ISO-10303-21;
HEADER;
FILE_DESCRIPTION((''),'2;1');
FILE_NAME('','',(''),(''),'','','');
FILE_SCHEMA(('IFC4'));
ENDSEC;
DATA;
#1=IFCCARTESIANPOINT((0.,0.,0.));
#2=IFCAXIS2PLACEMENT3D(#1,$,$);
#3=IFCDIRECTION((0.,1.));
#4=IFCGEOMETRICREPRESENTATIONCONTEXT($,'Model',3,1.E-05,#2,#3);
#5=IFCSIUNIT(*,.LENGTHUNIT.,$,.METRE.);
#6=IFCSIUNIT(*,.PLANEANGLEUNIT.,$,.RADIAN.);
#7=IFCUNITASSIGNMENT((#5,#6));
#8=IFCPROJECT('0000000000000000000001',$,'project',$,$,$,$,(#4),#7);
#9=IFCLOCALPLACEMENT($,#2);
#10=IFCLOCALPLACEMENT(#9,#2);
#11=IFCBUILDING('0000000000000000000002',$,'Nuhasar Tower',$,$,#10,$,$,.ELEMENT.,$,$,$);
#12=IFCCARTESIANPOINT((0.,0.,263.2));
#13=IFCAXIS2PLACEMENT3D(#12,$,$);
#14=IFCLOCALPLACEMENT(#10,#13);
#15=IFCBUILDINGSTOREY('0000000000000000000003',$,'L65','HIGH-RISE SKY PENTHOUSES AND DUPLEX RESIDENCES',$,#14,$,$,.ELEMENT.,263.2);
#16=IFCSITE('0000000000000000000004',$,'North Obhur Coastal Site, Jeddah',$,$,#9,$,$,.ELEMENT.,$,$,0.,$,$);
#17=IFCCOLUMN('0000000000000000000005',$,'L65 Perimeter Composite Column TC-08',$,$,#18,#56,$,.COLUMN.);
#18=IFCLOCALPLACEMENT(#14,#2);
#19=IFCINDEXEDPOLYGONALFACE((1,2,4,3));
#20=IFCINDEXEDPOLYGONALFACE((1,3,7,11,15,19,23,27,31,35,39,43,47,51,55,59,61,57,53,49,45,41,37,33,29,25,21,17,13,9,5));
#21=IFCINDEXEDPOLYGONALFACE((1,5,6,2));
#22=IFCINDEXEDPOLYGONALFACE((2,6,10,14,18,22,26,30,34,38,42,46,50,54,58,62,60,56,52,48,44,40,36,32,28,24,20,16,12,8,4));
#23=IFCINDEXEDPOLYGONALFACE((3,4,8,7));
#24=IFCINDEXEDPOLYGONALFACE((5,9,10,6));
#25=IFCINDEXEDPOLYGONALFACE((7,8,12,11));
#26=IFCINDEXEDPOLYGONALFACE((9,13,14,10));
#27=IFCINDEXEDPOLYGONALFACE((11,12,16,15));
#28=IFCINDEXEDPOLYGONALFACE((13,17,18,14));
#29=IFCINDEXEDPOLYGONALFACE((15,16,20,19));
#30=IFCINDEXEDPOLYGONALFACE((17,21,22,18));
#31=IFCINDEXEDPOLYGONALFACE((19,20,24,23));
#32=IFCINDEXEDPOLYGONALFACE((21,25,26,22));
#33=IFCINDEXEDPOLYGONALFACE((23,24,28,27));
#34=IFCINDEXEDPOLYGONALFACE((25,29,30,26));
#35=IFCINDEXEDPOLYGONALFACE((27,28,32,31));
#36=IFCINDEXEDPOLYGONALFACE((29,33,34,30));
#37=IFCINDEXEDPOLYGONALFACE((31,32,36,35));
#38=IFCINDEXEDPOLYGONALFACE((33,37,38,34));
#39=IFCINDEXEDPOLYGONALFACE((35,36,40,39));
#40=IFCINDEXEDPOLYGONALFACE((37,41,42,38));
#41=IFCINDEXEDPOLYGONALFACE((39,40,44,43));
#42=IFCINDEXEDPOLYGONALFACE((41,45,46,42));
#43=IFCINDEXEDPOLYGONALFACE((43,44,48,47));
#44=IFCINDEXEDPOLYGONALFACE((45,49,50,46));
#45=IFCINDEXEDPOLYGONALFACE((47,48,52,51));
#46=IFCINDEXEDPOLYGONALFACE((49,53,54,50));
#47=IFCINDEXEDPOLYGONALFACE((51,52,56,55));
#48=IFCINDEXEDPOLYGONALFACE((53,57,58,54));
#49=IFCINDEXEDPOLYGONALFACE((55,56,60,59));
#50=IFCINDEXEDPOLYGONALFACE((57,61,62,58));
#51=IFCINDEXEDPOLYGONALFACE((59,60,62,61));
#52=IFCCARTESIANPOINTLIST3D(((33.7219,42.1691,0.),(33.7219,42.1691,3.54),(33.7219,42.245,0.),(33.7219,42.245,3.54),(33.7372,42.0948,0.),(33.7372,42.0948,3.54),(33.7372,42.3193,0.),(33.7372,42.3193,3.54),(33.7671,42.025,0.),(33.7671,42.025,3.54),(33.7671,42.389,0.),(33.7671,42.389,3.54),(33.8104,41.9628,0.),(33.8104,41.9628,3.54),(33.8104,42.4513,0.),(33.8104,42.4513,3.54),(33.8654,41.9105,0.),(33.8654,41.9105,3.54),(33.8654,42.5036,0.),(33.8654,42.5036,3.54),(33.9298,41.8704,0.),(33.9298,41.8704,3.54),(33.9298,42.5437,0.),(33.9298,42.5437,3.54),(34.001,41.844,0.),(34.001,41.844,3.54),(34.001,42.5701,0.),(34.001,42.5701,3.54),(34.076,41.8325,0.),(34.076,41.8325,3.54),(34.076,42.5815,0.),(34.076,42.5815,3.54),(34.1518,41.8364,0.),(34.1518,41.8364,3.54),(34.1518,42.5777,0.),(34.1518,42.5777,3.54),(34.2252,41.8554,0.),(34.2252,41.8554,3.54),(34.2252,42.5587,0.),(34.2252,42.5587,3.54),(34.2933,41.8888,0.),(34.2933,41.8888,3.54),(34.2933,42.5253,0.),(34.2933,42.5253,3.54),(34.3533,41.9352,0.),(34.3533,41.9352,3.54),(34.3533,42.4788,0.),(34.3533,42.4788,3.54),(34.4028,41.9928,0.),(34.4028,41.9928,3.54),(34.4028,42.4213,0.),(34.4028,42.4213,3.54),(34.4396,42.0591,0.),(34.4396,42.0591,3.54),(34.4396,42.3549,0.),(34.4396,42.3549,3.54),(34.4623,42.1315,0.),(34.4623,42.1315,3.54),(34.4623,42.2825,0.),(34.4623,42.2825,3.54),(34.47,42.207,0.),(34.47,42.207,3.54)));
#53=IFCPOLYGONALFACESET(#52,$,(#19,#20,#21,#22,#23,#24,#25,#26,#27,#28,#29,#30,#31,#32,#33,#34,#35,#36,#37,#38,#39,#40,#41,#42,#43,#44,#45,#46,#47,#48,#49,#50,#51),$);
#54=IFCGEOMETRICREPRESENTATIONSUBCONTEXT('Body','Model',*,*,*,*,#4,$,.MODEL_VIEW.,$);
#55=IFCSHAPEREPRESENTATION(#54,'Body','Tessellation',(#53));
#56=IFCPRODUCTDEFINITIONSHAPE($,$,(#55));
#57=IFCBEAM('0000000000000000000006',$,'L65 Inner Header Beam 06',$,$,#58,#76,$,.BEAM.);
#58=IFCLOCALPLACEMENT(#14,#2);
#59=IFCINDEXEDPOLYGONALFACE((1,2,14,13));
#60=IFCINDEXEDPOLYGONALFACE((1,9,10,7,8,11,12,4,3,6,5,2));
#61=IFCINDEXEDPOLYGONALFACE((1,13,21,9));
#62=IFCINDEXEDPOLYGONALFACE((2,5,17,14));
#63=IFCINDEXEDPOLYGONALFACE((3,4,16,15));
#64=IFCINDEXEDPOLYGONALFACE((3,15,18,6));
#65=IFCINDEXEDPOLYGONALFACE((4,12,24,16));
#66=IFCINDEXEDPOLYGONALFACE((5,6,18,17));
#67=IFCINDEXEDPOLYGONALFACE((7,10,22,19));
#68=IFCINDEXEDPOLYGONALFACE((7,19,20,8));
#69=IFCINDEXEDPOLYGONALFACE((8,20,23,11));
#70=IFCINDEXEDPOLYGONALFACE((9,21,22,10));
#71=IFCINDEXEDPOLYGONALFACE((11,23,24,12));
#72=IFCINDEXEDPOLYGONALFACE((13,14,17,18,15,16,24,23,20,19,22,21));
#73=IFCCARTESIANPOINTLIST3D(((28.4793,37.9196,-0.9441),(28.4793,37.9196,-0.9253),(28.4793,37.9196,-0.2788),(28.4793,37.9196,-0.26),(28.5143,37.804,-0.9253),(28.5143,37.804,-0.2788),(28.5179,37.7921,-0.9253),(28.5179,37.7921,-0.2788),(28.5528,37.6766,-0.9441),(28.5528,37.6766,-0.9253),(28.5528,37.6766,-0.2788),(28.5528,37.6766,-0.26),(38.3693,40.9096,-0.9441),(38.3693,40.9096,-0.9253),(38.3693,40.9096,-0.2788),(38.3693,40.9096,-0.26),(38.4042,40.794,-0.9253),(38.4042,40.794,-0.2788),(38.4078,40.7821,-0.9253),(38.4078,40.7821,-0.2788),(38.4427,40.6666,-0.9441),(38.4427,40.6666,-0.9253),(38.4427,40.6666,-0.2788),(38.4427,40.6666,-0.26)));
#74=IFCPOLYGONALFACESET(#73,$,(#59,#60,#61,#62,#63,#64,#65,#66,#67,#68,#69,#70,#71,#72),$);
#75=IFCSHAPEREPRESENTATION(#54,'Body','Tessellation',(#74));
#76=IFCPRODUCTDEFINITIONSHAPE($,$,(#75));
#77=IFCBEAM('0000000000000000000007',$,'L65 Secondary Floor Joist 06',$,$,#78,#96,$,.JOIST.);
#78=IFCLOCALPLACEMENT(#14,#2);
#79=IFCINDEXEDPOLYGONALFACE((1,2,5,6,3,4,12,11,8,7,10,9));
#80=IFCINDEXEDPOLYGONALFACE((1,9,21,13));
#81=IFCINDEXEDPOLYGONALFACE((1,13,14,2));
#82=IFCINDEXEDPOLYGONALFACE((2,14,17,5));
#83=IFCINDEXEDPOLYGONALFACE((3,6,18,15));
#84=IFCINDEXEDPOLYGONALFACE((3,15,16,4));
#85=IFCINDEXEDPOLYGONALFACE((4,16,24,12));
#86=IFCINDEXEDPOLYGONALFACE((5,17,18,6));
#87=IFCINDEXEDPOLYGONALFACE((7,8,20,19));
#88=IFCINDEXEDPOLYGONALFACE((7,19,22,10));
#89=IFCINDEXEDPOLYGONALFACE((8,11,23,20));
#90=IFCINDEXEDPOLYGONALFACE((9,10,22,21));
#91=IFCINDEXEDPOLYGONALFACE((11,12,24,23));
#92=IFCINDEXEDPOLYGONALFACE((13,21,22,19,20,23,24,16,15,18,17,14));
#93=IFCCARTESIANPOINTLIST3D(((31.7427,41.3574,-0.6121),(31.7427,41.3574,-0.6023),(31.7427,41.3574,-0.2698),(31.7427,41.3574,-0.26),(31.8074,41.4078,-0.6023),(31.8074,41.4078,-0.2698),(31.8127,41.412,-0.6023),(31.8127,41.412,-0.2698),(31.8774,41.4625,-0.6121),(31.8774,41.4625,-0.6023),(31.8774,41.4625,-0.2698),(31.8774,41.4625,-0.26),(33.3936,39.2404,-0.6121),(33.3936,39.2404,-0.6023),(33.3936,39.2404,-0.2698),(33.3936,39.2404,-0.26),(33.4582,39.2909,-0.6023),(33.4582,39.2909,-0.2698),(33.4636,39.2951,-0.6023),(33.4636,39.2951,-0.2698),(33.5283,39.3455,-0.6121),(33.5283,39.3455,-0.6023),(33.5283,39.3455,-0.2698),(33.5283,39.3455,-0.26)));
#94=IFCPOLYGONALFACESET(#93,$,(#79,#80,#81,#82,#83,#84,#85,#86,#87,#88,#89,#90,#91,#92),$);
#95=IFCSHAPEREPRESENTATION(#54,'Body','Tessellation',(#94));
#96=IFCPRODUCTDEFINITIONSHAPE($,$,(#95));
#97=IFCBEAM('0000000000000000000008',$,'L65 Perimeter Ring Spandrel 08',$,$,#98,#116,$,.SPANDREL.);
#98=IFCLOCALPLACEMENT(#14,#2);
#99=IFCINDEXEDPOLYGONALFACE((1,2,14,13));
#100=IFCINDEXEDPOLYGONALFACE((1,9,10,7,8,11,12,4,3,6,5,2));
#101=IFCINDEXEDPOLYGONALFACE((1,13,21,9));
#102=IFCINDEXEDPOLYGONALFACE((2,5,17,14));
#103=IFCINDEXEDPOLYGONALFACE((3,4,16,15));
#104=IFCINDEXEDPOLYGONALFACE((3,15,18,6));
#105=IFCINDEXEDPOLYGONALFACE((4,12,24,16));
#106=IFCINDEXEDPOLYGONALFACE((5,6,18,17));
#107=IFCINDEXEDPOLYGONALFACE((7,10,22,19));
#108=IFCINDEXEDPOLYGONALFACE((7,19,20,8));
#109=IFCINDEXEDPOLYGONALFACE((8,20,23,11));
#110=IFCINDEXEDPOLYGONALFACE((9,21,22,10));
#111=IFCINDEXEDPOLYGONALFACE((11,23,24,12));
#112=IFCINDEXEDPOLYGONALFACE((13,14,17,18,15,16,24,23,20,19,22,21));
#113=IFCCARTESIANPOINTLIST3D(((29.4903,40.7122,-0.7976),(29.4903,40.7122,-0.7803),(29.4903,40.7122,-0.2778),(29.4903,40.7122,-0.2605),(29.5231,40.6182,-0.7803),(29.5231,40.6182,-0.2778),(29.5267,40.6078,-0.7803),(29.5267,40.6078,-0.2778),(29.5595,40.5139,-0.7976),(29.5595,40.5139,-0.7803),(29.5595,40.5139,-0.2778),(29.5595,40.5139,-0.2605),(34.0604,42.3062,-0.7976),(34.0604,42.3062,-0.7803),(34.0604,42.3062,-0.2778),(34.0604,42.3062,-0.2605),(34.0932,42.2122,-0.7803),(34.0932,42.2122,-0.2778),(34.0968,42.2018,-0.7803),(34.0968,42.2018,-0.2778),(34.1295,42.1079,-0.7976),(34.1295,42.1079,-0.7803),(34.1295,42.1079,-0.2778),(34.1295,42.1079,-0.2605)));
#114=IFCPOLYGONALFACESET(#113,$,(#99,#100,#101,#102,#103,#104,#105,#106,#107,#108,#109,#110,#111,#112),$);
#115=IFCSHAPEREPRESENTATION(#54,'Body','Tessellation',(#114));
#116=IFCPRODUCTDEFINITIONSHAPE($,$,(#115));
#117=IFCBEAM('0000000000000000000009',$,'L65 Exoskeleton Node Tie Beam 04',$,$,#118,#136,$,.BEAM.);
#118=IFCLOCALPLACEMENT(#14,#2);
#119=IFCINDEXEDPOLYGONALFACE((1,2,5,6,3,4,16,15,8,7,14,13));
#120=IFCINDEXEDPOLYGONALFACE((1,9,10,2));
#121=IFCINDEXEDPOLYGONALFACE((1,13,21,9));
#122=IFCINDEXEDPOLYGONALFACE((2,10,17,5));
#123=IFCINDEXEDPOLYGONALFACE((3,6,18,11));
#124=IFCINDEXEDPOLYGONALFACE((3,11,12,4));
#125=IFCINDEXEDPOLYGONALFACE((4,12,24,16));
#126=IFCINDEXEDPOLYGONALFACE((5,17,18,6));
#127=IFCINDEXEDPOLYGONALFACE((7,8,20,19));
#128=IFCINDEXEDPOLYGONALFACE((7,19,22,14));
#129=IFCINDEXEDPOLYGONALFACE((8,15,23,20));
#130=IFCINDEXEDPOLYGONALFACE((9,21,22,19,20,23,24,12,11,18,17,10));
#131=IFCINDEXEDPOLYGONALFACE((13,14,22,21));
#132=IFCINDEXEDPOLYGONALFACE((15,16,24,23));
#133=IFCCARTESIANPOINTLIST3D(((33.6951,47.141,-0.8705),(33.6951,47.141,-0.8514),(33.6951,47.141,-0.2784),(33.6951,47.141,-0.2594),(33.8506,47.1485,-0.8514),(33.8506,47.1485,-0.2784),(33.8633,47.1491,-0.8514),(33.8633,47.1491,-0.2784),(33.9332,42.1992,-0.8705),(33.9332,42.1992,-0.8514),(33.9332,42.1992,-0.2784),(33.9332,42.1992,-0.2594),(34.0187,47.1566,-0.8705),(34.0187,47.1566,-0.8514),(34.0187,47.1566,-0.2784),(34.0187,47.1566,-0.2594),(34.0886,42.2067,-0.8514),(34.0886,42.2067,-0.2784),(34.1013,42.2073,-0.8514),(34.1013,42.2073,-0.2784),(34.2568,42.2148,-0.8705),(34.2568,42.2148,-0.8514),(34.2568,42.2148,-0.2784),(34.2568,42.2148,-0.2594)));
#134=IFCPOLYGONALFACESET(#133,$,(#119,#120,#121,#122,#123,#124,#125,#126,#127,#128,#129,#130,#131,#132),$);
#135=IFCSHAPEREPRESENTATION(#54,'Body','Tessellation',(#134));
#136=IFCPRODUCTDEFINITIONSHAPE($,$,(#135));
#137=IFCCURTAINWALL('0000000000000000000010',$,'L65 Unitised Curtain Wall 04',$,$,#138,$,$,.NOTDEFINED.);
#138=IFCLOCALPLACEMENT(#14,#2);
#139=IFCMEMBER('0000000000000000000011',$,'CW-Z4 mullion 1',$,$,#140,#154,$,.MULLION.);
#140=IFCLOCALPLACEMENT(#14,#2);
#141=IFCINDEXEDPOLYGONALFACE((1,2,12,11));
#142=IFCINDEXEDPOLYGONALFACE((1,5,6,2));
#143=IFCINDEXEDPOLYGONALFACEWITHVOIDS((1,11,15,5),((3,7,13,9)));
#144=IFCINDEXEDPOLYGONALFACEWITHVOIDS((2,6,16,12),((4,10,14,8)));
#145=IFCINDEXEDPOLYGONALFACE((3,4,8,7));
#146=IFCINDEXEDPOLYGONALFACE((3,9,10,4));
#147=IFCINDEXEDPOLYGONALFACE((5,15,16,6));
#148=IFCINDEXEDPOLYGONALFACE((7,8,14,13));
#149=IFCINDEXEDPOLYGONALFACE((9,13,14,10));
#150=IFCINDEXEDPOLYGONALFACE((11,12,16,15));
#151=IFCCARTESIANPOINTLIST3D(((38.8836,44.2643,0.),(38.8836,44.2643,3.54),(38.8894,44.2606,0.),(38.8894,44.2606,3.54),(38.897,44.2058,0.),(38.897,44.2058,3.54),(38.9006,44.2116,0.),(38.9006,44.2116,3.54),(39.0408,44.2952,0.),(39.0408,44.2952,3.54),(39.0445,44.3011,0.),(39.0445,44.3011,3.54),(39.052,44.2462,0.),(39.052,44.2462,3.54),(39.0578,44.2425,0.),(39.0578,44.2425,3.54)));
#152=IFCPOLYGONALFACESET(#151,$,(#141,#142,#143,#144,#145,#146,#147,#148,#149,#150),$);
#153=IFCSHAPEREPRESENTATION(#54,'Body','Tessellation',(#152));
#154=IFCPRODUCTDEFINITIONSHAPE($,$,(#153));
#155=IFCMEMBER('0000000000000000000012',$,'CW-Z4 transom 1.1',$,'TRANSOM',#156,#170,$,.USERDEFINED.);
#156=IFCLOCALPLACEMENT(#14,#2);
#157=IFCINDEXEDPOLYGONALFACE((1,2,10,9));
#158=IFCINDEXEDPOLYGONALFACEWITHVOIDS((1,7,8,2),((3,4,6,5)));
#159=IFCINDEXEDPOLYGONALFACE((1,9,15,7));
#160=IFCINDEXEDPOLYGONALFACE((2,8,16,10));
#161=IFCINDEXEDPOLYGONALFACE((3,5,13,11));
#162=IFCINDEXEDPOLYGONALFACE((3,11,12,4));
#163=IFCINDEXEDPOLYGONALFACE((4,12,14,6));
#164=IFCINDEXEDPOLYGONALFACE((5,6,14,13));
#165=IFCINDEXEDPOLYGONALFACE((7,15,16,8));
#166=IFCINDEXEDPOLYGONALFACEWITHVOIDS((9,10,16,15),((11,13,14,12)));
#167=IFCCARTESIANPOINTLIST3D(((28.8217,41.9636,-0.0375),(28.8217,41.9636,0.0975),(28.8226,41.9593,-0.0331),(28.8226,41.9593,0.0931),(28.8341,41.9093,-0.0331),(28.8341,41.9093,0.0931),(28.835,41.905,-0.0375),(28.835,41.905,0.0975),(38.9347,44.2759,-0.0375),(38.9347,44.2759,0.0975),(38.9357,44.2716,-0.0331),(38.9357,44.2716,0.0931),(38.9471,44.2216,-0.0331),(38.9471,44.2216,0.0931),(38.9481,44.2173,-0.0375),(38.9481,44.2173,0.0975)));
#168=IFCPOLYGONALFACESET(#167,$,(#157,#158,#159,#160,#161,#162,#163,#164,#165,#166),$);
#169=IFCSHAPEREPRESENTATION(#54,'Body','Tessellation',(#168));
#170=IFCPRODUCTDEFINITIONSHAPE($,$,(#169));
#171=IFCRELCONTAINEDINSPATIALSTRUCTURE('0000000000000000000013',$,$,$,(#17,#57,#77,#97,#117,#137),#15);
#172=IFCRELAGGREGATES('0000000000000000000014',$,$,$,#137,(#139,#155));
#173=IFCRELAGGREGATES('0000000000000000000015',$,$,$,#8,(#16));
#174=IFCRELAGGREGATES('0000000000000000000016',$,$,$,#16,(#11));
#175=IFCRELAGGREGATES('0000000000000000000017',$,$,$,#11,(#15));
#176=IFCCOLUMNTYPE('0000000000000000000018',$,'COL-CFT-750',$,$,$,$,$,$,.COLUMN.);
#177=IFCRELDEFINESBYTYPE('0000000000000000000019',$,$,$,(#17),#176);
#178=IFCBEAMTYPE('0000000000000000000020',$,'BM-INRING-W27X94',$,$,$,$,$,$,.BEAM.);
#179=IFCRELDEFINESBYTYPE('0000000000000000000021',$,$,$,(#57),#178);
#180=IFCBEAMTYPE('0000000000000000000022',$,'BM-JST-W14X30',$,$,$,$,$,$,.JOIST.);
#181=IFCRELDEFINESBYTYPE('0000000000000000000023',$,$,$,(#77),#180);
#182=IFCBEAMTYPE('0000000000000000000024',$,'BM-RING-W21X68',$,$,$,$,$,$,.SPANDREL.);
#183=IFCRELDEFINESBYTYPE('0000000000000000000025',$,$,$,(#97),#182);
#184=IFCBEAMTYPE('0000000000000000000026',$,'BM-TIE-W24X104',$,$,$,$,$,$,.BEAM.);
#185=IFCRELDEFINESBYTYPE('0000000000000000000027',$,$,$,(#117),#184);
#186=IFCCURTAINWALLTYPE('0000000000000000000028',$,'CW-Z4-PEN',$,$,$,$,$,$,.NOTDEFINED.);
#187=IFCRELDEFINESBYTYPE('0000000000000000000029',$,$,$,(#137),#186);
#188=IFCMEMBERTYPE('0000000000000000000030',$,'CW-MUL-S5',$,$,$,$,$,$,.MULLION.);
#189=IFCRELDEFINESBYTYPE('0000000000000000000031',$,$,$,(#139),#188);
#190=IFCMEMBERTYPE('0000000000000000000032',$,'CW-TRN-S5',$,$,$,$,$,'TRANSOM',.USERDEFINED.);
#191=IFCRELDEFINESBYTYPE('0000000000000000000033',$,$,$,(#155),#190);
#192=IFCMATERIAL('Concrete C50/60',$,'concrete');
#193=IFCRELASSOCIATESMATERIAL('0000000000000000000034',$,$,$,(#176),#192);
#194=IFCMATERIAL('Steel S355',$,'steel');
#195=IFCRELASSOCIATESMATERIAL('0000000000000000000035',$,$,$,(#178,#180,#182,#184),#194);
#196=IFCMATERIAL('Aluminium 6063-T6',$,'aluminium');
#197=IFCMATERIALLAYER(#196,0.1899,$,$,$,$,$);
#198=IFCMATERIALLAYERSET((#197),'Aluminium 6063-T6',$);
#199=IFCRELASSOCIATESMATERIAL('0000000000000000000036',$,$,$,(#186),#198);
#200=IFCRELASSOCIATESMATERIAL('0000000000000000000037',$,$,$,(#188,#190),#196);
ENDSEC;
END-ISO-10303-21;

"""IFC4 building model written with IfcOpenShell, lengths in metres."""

from ifc_helpers import new_model, si_unit, direction, frame, origin, origin_2d, place, context, subcontext, project, spatial, hollow_rectangle, circle, i_section, extrude, material, layer, layer_set, material_profile, profile_set, type_object, element, aggregate, save


model = new_model("IFC4")

# Units and contexts
model_context = context("Model", 3, precision=1e-05, world=origin(), true_north=direction((0.0, 1.0)))
body_context = subcontext(model_context, "Body", "Model", "MODEL_VIEW")
ifc_project = project(units=[si_unit("LENGTHUNIT", "METRE"), si_unit("PLANEANGLEUNIT", "RADIAN")], contexts=[model_context])

# Site, building, storey
site_placement = place(None, origin())
site = spatial("IfcSite", under=ifc_project, at=site_placement, Name="North Obhur Coastal Site, Jeddah", CompositionType="ELEMENT", RefElevation=0.0)
building_placement = place(site_placement, origin())
building = spatial("IfcBuilding", under=site, at=building_placement, Name="Nuhasar Tower", CompositionType="ELEMENT")
storey_placement = place(building_placement, frame((0.0, 0.0, 263.2)))
storey = spatial("IfcBuildingStorey", under=building, at=storey_placement, Name="L65", Description="HIGH-RISE SKY PENTHOUSES AND DUPLEX RESIDENCES", CompositionType="ELEMENT", Elevation=263.2)

# Column
ifc_material_1 = material(Name="Concrete C50/60", Category="concrete")
ifc_material_profile_1 = material_profile(ifc_material_1, circle(Radius=0.375, at=origin_2d()), Name="CFT750")
ifc_profile_set_1 = profile_set([ifc_material_profile_1], Name="Concrete C50/60")
column_type = type_object("IfcColumnType", Name="COL-CFT-750", PredefinedType="COLUMN", material=ifc_profile_set_1)
column_placement = place(storey_placement, frame((34.095, 42.207, 0.0), z_axis=(0.0, 0.0, 1.0), x_axis=(1.0, 0.0, 0.0)))
element("IfcColumn", 1, at=column_placement, inside=storey, type_object=column_type, Name="L65 Perimeter Composite Column TC-08", PredefinedType="COLUMN", context=body_context, shape_type="SweptSolid", body=[
    extrude(circle(Radius=0.375, at=origin_2d()), origin(), (0.0, 0.0, 1.0), 3.54),
])

# Beams
ifc_material_2 = material(Name="Steel S355", Category="steel")
ifc_material_profile_2 = material_profile(ifc_material_2, i_section(OverallWidth=0.2539, OverallDepth=0.6841, WebThickness=0.0125, FlangeThickness=0.0188, at=origin_2d()), Name="W27X94")
ifc_profile_set_2 = profile_set([ifc_material_profile_2], Name="Steel S355")
beam_type_1 = type_object("IfcBeamType", Name="BM-INRING-W27X94", PredefinedType="BEAM", material=ifc_profile_set_2)
beam_1_placement = place(storey_placement, frame((38.406, 40.7881, -0.6021), z_axis=(-0.957211, -0.289392, 0.0), x_axis=(0.289392, -0.957211, 0.0)))
element("IfcBeam", 2, at=beam_1_placement, inside=storey, type_object=beam_type_1, Name="L65 Inner Header Beam 06", PredefinedType="BEAM", context=body_context, shape_type="SweptSolid", body=[
    extrude(i_section(OverallWidth=0.2539, OverallDepth=0.6841, WebThickness=0.0125, FlangeThickness=0.0188, at=origin_2d()), origin(), (0.0, 0.0, 1.0), 10.332),
])
ifc_material_profile_3 = material_profile(ifc_material_2, i_section(OverallWidth=0.1709, OverallDepth=0.3521, WebThickness=0.0068, FlangeThickness=0.0098, at=origin_2d()), Name="W14X30")
ifc_profile_set_3 = profile_set([ifc_material_profile_3], Name="Steel S355")
beam_type_2 = type_object("IfcBeamType", Name="BM-JST-W14X30", PredefinedType="JOIST", material=ifc_profile_set_3)
beam_2_placement = place(storey_placement, frame((33.4609, 39.293, -0.436), z_axis=(-0.614954, 0.788563, 0.0), x_axis=(-0.788563, -0.614954, 0.0)))
element("IfcBeam", 3, at=beam_2_placement, inside=storey, type_object=beam_type_2, Name="L65 Secondary Floor Joist 06", PredefinedType="JOIST", context=body_context, shape_type="SweptSolid", body=[
    extrude(i_section(OverallWidth=0.1709, OverallDepth=0.3521, WebThickness=0.0068, FlangeThickness=0.0098, at=origin_2d()), origin(), (0.0, 0.0, 1.0), 2.6846),
])
ifc_material_profile_4 = material_profile(ifc_material_2, i_section(OverallWidth=0.21, OverallDepth=0.5371, WebThickness=0.011, FlangeThickness=0.0173, at=origin_2d()), Name="W21X68")
ifc_profile_set_4 = profile_set([ifc_material_profile_4], Name="Steel S355")
beam_type_3 = type_object("IfcBeamType", Name="BM-RING-W21X68", PredefinedType="SPANDREL", material=ifc_profile_set_4)
beam_3_placement = place(storey_placement, frame((34.095, 42.207, -0.5291), z_axis=(-0.944214, -0.329332, 0.0), x_axis=(0.329332, -0.944214, 0.0)))
element("IfcBeam", 4, at=beam_3_placement, inside=storey, type_object=beam_type_3, Name="L65 Perimeter Ring Spandrel 08", PredefinedType="SPANDREL", context=body_context, shape_type="SweptSolid", body=[
    extrude(i_section(OverallWidth=0.21, OverallDepth=0.5371, WebThickness=0.011, FlangeThickness=0.0173, at=origin_2d()), origin(), (0.0, 0.0, 1.0), 4.8401),
])
ifc_material_profile_5 = material_profile(ifc_material_2, i_section(OverallWidth=0.324, OverallDepth=0.6111, WebThickness=0.0127, FlangeThickness=0.019, at=origin_2d()), Name="W24X104")
ifc_profile_set_5 = profile_set([ifc_material_profile_5], Name="Steel S355")
beam_type_4 = type_object("IfcBeamType", Name="BM-TIE-W24X104", PredefinedType="BEAM", material=ifc_profile_set_5)
beam_4_placement = place(storey_placement, frame((34.095, 42.207, -0.5649), z_axis=(-0.048111, 0.998842, 0.0), x_axis=(-0.998842, -0.048111, 0.0)))
element("IfcBeam", 5, at=beam_4_placement, inside=storey, type_object=beam_type_4, Name="L65 Exoskeleton Node Tie Beam 04", PredefinedType="BEAM", context=body_context, shape_type="SweptSolid", body=[
    extrude(i_section(OverallWidth=0.324, OverallDepth=0.6111, WebThickness=0.0127, FlangeThickness=0.019, at=origin_2d()), origin(), (0.0, 0.0, 1.0), 4.9475),
])

# Curtain wall, members
ifc_material_3 = material(Name="Aluminium 6063-T6", Category="aluminium")
ifc_layer_1 = layer(ifc_material_3, 0.1899)
ifc_layer_set_1 = layer_set([ifc_layer_1], Name="Aluminium 6063-T6")
curtain_wall_type = type_object("IfcCurtainWallType", Name="CW-Z4-PEN", PredefinedType="NOTDEFINED", material=ifc_layer_set_1)
curtain_wall_placement = place(storey_placement, origin())
curtain_wall = element("IfcCurtainWall", 6, at=curtain_wall_placement, inside=storey, type_object=curtain_wall_type, Name="L65 Unitised Curtain Wall 04", PredefinedType="NOTDEFINED")
ifc_material_profile_6 = material_profile(ifc_material_3, hollow_rectangle(XDim=0.0601, YDim=0.165, WallThickness=0.0049, at=origin_2d()), Name="CWM-5")
ifc_profile_set_6 = profile_set([ifc_material_profile_6], Name="Aluminium 6063-T6")
member_type_1 = type_object("IfcMemberType", Name="CW-MUL-S5", PredefinedType="MULLION", material=ifc_profile_set_6)
member_1_placement = place(storey_placement, frame((38.9707, 44.2534, 0.0), z_axis=(0.0, 0.0, 1.0), x_axis=(0.222889, -0.974844, 0.0)))
member_1 = element("IfcMember", 7, at=member_1_placement, type_object=member_type_1, Name="CW-Z4 mullion 1", PredefinedType="MULLION", context=body_context, shape_type="SweptSolid", body=[
    extrude(hollow_rectangle(XDim=0.0601, YDim=0.165, WallThickness=0.0049, at=origin_2d()), origin(), (0.0, 0.0, 1.0), 3.54),
])
ifc_material_profile_7 = material_profile(ifc_material_3, hollow_rectangle(XDim=0.0601, YDim=0.135, WallThickness=0.0044, at=origin_2d()), Name="CWT-5")
ifc_profile_set_7 = profile_set([ifc_material_profile_7], Name="Aluminium 6063-T6")
member_type_2 = type_object("IfcMemberType", Name="CW-TRN-S5", ElementType="TRANSOM", PredefinedType="USERDEFINED", material=ifc_profile_set_7)
member_2_placement = place(storey_placement, frame((38.9414, 44.2466, 0.03), z_axis=(-0.974844, -0.222889, 0.0), x_axis=(0.222889, -0.974844, 0.0)))
member_2 = element("IfcMember", 8, at=member_2_placement, type_object=member_type_2, Name="CW-Z4 transom 1.1", ObjectType="TRANSOM", PredefinedType="USERDEFINED", context=body_context, shape_type="SweptSolid", body=[
    extrude(hollow_rectangle(XDim=0.0601, YDim=0.135, WallThickness=0.0044, at=origin_2d()), origin(), (0.0, 0.0, 1.0), 10.374),
])

aggregate(curtain_wall, [member_1, member_2])

save(model, "model.ifc")
